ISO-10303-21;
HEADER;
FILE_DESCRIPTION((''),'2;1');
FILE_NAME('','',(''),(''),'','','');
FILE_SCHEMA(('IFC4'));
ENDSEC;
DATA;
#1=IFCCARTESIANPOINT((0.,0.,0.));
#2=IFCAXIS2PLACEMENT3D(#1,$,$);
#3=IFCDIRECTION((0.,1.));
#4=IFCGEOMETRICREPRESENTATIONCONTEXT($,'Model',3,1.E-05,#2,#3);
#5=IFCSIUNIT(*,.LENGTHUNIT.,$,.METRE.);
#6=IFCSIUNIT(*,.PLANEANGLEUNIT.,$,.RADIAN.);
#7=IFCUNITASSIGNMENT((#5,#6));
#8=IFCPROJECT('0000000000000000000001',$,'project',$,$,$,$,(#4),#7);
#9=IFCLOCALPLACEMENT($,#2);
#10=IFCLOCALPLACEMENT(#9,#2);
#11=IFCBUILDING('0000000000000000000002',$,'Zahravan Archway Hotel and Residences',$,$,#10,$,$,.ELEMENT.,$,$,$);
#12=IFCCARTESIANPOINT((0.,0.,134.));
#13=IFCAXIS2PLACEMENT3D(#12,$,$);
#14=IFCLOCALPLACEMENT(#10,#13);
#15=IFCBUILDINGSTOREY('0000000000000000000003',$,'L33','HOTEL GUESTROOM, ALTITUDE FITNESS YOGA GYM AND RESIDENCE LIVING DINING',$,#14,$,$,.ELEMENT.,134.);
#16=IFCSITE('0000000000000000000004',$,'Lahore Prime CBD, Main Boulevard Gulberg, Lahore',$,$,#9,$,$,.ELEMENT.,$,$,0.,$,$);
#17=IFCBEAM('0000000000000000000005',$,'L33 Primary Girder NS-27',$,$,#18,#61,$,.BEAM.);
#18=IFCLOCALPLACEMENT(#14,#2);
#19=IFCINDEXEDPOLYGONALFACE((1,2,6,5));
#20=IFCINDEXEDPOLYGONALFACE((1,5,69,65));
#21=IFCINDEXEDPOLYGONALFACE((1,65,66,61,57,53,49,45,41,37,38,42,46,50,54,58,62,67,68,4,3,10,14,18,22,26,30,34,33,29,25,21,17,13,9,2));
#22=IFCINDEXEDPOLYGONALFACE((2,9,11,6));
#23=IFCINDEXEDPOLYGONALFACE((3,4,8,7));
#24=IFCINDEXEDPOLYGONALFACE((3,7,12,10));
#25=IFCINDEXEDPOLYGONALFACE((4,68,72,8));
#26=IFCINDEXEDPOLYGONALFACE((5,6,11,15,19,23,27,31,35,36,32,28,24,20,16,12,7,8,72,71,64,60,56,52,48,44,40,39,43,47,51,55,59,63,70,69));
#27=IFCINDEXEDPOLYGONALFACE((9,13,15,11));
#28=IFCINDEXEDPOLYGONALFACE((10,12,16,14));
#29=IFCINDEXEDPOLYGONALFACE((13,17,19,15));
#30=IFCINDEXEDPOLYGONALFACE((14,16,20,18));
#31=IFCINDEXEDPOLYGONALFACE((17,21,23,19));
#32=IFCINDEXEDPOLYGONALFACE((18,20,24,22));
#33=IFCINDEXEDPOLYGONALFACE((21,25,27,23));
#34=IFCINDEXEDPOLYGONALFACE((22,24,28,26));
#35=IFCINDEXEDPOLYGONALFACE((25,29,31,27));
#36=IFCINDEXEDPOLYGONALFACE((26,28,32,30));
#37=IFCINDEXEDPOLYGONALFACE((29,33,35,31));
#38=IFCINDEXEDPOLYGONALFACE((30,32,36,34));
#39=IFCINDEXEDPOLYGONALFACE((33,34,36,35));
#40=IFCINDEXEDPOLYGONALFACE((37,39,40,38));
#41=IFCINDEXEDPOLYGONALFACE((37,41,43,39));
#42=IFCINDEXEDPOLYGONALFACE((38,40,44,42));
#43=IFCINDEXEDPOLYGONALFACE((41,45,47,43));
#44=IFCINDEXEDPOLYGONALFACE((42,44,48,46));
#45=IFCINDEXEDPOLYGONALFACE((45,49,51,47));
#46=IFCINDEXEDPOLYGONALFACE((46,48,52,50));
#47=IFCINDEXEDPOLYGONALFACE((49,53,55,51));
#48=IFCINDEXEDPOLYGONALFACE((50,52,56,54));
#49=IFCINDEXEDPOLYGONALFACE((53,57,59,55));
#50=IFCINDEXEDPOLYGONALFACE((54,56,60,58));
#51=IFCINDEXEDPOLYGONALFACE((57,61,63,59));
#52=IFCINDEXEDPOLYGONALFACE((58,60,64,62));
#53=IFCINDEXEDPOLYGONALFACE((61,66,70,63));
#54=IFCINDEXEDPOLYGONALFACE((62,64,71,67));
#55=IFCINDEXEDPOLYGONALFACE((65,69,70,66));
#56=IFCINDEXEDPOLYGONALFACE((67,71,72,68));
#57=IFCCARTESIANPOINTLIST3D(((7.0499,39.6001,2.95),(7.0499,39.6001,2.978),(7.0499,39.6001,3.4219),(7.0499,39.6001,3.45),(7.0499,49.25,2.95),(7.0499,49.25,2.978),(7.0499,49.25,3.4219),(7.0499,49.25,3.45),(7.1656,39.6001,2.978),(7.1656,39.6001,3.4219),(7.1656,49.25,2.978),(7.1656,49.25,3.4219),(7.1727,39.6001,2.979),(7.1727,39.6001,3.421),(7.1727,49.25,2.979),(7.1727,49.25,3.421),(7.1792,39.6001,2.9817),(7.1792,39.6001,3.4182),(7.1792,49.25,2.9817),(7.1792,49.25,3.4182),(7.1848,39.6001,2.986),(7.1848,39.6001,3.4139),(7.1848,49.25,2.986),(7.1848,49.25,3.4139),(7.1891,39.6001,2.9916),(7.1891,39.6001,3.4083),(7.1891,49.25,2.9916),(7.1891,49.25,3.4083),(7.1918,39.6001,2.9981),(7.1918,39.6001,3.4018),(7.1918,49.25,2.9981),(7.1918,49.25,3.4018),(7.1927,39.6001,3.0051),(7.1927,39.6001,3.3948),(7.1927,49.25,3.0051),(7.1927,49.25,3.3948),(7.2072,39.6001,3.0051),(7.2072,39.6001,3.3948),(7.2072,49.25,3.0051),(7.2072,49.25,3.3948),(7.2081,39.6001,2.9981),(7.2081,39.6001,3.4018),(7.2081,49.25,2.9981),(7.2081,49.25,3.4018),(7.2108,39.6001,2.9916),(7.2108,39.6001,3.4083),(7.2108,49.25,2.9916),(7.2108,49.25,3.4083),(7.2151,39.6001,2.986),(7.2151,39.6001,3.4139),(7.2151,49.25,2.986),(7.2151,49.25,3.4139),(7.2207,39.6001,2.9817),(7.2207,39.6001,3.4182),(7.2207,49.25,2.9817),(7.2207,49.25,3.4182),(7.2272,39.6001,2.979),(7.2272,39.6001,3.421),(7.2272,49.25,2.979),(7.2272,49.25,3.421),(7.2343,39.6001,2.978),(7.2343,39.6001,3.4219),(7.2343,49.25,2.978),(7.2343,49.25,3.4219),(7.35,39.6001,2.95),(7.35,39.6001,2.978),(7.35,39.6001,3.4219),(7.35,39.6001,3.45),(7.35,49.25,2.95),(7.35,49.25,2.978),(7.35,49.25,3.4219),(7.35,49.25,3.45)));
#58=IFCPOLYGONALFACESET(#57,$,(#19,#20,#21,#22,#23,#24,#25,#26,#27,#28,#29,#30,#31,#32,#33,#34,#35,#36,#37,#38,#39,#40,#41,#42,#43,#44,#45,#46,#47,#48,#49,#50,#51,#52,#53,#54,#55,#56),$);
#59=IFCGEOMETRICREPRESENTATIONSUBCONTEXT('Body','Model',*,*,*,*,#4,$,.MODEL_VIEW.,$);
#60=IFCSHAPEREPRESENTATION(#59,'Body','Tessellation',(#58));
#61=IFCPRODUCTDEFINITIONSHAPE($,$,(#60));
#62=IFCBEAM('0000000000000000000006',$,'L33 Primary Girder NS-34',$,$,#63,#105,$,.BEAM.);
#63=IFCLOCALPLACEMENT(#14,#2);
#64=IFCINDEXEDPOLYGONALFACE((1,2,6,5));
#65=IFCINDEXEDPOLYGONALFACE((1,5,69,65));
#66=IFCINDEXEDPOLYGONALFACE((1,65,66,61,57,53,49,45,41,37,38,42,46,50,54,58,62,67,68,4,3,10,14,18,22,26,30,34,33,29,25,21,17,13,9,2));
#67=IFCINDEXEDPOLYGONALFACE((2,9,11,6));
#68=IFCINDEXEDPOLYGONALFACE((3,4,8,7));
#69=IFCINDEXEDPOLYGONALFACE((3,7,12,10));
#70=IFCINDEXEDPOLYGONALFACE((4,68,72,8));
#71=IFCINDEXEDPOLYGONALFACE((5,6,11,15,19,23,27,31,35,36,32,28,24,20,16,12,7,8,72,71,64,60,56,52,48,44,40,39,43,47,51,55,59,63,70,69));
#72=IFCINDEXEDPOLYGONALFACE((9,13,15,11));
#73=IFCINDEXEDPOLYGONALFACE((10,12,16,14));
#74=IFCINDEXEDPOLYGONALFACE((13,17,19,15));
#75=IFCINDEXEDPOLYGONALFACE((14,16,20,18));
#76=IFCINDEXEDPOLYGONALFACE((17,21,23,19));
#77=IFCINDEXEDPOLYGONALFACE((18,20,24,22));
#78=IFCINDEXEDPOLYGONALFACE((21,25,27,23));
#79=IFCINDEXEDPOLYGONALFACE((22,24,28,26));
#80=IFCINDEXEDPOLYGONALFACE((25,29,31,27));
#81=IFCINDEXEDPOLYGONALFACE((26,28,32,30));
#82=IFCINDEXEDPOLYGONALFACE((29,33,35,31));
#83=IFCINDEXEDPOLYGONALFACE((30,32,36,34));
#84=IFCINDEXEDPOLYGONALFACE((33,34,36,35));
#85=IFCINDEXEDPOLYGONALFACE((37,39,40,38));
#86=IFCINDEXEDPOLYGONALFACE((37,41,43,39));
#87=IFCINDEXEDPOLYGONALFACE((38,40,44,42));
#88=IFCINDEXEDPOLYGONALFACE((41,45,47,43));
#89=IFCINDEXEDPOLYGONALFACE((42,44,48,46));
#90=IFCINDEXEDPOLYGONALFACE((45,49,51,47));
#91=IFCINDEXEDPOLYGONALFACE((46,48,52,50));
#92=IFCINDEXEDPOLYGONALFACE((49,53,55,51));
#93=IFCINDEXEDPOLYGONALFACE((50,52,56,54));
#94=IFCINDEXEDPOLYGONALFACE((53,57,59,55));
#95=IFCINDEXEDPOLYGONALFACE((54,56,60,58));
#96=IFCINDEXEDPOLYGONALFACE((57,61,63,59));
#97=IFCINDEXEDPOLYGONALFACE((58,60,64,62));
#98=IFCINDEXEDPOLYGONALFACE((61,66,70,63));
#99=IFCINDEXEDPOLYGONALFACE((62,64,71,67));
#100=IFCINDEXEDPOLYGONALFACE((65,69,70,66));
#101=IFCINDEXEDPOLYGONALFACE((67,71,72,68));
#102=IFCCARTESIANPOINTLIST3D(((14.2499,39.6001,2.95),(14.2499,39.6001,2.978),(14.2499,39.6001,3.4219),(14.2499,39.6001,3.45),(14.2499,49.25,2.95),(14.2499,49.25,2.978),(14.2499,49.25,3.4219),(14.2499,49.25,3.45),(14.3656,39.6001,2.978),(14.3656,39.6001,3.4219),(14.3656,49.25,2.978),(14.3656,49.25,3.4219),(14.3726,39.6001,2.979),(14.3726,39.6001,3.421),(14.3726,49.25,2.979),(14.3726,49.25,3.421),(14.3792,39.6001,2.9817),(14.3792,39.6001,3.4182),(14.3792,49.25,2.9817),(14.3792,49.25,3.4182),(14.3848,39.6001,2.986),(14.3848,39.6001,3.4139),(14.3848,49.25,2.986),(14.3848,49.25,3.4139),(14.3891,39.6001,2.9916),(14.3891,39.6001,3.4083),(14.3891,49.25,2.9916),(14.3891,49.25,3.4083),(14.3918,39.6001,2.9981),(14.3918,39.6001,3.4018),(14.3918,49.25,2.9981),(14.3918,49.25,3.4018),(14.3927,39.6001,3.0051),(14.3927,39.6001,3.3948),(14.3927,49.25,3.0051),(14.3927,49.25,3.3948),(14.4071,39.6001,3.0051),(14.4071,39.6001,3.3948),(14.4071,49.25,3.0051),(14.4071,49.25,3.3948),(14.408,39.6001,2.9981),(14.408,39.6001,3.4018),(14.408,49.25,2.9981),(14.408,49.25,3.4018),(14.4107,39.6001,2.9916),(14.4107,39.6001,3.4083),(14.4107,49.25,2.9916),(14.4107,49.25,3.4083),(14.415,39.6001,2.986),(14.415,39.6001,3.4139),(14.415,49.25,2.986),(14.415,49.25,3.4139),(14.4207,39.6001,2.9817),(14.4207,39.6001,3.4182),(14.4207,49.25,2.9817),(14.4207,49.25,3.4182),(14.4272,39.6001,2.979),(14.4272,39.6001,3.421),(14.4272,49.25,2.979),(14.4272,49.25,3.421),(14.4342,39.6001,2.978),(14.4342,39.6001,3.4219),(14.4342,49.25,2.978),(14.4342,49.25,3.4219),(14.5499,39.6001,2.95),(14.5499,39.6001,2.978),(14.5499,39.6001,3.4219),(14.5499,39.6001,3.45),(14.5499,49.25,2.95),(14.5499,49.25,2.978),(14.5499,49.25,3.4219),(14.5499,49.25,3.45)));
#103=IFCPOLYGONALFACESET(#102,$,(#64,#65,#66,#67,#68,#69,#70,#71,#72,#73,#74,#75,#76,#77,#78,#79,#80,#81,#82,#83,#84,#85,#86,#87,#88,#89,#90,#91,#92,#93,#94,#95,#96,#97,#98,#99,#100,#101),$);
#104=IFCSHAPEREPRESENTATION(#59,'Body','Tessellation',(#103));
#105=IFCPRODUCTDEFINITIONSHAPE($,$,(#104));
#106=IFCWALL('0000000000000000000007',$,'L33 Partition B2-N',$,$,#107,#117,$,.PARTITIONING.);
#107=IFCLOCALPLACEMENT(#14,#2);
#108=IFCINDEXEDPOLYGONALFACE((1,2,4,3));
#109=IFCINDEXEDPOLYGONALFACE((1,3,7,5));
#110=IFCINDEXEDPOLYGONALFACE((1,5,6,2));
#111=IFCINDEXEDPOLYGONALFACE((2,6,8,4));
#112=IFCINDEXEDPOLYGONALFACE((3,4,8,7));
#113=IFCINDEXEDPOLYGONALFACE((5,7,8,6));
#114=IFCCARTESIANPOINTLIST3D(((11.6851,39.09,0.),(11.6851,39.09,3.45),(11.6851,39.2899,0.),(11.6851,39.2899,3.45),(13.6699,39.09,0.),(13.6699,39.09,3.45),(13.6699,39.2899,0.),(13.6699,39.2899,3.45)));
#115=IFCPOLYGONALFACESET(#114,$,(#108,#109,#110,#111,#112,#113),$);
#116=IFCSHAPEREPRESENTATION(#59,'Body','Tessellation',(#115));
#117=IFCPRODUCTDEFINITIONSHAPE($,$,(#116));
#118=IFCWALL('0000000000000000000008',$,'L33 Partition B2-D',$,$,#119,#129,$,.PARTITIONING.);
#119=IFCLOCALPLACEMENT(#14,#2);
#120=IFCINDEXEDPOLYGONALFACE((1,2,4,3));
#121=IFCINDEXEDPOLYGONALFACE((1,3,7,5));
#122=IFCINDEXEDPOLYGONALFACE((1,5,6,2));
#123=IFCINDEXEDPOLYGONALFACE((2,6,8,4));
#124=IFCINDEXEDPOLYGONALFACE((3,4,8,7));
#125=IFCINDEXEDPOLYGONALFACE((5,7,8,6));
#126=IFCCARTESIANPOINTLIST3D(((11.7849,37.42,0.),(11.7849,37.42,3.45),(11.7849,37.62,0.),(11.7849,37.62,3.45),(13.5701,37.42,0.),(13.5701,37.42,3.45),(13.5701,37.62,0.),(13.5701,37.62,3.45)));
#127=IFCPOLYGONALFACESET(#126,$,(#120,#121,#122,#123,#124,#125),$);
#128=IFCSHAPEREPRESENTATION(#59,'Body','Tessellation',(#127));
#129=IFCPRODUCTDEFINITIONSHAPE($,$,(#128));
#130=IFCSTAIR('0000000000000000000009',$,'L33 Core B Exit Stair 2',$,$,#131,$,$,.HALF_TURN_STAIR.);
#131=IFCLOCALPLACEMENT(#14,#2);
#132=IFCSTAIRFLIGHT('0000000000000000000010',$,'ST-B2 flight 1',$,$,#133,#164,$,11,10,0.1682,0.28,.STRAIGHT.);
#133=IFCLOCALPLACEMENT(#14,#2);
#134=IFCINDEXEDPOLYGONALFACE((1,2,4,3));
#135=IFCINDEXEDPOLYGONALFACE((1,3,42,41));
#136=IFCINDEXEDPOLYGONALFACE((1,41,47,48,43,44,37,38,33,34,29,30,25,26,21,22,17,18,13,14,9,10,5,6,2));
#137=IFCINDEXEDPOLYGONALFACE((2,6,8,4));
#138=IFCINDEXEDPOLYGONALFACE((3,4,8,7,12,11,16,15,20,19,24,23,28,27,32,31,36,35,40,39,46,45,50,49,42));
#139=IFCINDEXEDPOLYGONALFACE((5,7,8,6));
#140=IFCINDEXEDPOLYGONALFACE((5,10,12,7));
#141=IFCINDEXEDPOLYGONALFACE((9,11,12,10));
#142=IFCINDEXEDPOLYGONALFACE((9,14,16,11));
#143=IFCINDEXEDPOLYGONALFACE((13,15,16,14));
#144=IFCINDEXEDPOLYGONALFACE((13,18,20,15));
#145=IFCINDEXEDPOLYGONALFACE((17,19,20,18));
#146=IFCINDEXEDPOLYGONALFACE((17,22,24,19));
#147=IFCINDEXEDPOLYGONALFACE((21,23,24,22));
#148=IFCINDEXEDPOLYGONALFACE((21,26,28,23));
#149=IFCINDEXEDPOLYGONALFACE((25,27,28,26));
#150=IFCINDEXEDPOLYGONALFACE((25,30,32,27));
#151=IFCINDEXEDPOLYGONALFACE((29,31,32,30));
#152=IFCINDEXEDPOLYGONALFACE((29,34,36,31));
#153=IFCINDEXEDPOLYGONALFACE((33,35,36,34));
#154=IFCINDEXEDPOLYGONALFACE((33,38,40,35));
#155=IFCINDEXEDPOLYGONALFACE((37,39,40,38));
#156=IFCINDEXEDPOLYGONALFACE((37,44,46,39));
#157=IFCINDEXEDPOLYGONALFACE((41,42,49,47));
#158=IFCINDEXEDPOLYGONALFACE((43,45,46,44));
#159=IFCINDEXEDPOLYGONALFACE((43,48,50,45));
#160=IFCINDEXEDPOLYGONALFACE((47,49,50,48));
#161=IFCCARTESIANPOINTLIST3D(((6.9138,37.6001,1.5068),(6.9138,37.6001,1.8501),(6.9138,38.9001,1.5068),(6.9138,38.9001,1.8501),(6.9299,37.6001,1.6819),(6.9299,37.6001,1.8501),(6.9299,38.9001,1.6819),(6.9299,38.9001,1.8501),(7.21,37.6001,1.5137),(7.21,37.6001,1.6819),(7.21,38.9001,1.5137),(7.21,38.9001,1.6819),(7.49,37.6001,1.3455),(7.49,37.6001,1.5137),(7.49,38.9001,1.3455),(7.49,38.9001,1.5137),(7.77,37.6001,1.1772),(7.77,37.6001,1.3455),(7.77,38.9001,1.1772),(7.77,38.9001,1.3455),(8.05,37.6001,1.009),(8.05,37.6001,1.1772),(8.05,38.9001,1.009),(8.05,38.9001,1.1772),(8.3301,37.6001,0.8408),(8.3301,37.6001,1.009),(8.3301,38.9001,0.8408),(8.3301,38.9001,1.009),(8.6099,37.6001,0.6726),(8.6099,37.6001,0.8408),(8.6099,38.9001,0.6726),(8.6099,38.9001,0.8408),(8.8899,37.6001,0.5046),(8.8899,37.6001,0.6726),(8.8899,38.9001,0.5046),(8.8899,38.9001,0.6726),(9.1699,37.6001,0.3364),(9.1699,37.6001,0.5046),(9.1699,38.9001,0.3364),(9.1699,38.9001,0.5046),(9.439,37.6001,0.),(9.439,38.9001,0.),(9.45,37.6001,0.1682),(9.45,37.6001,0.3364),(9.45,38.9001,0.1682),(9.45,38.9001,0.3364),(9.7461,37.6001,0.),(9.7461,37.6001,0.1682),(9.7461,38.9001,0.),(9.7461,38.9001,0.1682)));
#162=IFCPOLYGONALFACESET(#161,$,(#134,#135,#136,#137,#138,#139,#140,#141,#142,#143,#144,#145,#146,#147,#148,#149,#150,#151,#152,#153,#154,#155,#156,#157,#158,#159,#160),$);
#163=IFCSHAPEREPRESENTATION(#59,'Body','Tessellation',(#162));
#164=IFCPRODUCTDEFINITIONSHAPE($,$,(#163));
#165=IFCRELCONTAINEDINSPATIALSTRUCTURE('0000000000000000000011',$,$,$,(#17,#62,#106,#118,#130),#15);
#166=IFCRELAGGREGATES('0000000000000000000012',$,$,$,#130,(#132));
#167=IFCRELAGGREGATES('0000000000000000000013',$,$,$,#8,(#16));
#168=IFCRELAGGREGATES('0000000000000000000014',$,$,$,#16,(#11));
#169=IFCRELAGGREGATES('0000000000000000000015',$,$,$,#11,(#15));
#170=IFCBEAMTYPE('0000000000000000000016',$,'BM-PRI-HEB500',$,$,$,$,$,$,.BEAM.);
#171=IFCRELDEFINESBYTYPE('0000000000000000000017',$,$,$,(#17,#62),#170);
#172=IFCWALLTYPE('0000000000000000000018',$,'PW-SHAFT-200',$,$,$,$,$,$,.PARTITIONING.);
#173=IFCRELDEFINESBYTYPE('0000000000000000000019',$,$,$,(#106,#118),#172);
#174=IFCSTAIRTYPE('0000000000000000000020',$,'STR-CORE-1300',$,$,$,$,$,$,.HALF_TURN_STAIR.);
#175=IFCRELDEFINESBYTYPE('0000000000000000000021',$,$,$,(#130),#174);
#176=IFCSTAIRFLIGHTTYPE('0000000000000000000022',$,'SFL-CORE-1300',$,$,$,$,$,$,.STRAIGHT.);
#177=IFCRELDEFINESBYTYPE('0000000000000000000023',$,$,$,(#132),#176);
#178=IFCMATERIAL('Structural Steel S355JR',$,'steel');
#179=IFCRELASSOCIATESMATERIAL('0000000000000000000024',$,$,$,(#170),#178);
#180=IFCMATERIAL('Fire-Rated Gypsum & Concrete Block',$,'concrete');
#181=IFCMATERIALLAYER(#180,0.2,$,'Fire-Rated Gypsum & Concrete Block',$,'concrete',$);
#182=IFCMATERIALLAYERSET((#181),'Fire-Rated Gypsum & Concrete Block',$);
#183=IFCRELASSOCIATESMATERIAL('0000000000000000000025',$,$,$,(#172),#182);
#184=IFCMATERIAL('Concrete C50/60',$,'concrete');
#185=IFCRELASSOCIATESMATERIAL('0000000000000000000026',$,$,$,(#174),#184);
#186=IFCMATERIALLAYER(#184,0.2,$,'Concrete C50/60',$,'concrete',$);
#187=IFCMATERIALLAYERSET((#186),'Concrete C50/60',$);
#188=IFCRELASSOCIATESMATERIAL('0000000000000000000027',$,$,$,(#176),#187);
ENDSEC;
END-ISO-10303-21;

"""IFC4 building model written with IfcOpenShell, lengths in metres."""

from ifc_helpers import new_model, si_unit, direction, frame, frame_2d, origin, origin_2d, place, context, subcontext, project, spatial, polyline, rectangle, i_section, outline, extrude, source, transform, mapped, material, layer, layer_set, material_profile, profile_set, type_object, element, aggregate, save


model = new_model("IFC4")

# Units and contexts
model_context = context("Model", 3, precision=1e-05, world=origin(), true_north=direction((0.0, 1.0)))
body_context = subcontext(model_context, "Body", "Model", "MODEL_VIEW")
ifc_project = project(units=[si_unit("LENGTHUNIT", "METRE"), si_unit("PLANEANGLEUNIT", "RADIAN")], contexts=[model_context])

# Site, building, storey
site_placement = place(None, origin())
site = spatial("IfcSite", under=ifc_project, at=site_placement, Name="Lahore Prime CBD, Main Boulevard Gulberg, Lahore", CompositionType="ELEMENT", RefElevation=0.0)
building_placement = place(site_placement, origin())
building = spatial("IfcBuilding", under=site, at=building_placement, Name="Zahravan Archway Hotel and Residences", CompositionType="ELEMENT")
storey_placement = place(building_placement, frame((0.0, 0.0, 134.0)))
storey = spatial("IfcBuildingStorey", under=building, at=storey_placement, Name="L33", Description="HOTEL GUESTROOM, ALTITUDE FITNESS YOGA GYM AND RESIDENCE LIVING DINING", CompositionType="ELEMENT", Elevation=134.0)

# Beams
ifc_material_1 = material(Name="Structural Steel S355JR", Category="steel")
ifc_material_profile_1 = material_profile(ifc_material_1, i_section(OverallWidth=0.3, OverallDepth=0.5, WebThickness=0.0144, FlangeThickness=0.0281, FilletRadius=0.0271, at=origin_2d()), Name="HEB 500", Category="steel")
ifc_profile_set_1 = profile_set([ifc_material_profile_1], Name="Structural Steel S355JR")
beam_type_1 = type_object("IfcBeamType", Name="BM-PRI-HEB500", PredefinedType="BEAM", material=ifc_profile_set_1)
shared_shape_1 = source(origin(), body_context, "Body", "SweptSolid", [
    extrude(i_section(OverallWidth=0.3, OverallDepth=0.5, WebThickness=0.0144, FlangeThickness=0.0281, FilletRadius=0.0271, at=origin_2d()), origin(), (0.0, 0.0, 1.0), 9.6499),
])
for number, where, z_axis, x_axis, name in (
    (1, (7.2, 39.6001, 3.2), (0.0, 1.0, 0.0), (-1.0, 0.0, 0.0), "L33 Primary Girder NS-27"),
    (2, (14.3999, 39.6001, 3.2), (0.0, 1.0, 0.0), (-1.0, 0.0, 0.0), "L33 Primary Girder NS-34"),
):
    element("IfcBeam", number, at=place(storey_placement, frame(where, z_axis=z_axis, x_axis=x_axis)), inside=storey, type_object=beam_type_1, Name=name, PredefinedType="BEAM", context=body_context, shape_type="MappedRepresentation", body=[
        mapped(shared_shape_1, transform((0.0, 0.0, 0.0), scale=1.0)),
    ])

# Walls
ifc_material_2 = material(Name="Fire-Rated Gypsum & Concrete Block", Category="concrete")
ifc_layer_1 = layer(ifc_material_2, 0.2, Name="Fire-Rated Gypsum & Concrete Block", Category="concrete")
ifc_layer_set_1 = layer_set([ifc_layer_1], Name="Fire-Rated Gypsum & Concrete Block")
wall_type = type_object("IfcWallType", Name="PW-SHAFT-200", PredefinedType="PARTITIONING", material=ifc_layer_set_1)
wall_1_placement = place(storey_placement, frame((11.6851, 39.1899, 0.0), z_axis=(0.0, 0.0, 1.0), x_axis=(1.0, 0.0, 0.0)))
element("IfcWall", 3, at=wall_1_placement, inside=storey, type_object=wall_type, Name="L33 Partition B2-N", PredefinedType="PARTITIONING", context=body_context, shape_type="SweptSolid", body=[
    extrude(rectangle(XDim=1.9849, YDim=0.2, at=frame_2d((0.9924, 0.0))), origin(), (0.0, 0.0, 1.0), 3.45),
])
wall_2_placement = place(storey_placement, frame((11.7849, 37.52, 0.0), z_axis=(0.0, 0.0, 1.0), x_axis=(1.0, 0.0, 0.0)))
element("IfcWall", 4, at=wall_2_placement, inside=storey, type_object=wall_type, Name="L33 Partition B2-D", PredefinedType="PARTITIONING", context=body_context, shape_type="SweptSolid", body=[
    extrude(rectangle(XDim=1.7852, YDim=0.2, at=frame_2d((0.8926, 0.0))), origin(), (0.0, 0.0, 1.0), 3.45),
])

# Stair, stair flight
ifc_material_3 = material(Name="Concrete C50/60", Category="concrete")
stair_type = type_object("IfcStairType", Name="STR-CORE-1300", PredefinedType="HALF_TURN_STAIR", material=ifc_material_3)
stair_placement = place(storey_placement, origin())
stair = element("IfcStair", 5, at=stair_placement, inside=storey, type_object=stair_type, Name="L33 Core B Exit Stair 2", PredefinedType="HALF_TURN_STAIR")
ifc_layer_2 = layer(ifc_material_3, 0.2, Name="Concrete C50/60", Category="concrete")
ifc_layer_set_2 = layer_set([ifc_layer_2], Name="Concrete C50/60")
stair_flight_type = type_object("IfcStairFlightType", Name="SFL-CORE-1300", PredefinedType="STRAIGHT", material=ifc_layer_set_2)
shared_shape_2 = source(origin(), body_context, "Body", "SweptSolid", [
    extrude(outline(polyline([(-0.0161, 0.0), (-0.0161, 0.1682), (0.28, 0.1682), (0.28, 0.3364), (0.5601, 0.3364), (0.5601, 0.5046), (0.8401, 0.5046), (0.8401, 0.6726), (1.1201, 0.6726), (1.1201, 0.8408), (1.3999, 0.8408), (1.3999, 1.009), (1.6799, 1.009), (1.6799, 1.1772), (1.96, 1.1772), (1.96, 1.3455), (2.24, 1.3455), (2.24, 1.5137), (2.52, 1.5137), (2.52, 1.6819), (2.8, 1.6819), (2.8, 1.8501), (2.8162, 1.8501), (2.8162, 1.5068), (0.291, 0.0), (-0.0161, 0.0)])), frame((0.0, 0.6499, 0.0), z_axis=(0.0, -1.0, 0.0), x_axis=(1.0, 0.0, 0.0)), (0.0, 0.0, 1.0), 1.3),
])
stair_flight_1_placement = place(storey_placement, frame((9.73, 38.25, 0.0), z_axis=(0.0, 0.0, 1.0), x_axis=(-1.0, 0.0, 0.0)))
stair_flight_1 = element("IfcStairFlight", 6, at=stair_flight_1_placement, type_object=stair_flight_type, Name="ST-B2 flight 1", NumberOfRisers=11, NumberOfTreads=10, PredefinedType="STRAIGHT", RiserHeight=0.1682, TreadLength=0.28, context=body_context, shape_type="MappedRepresentation", body=[
    mapped(shared_shape_2, transform((0.0, 0.0, 0.0), scale=1.0)),
])
aggregate(stair, [stair_flight_1])

save(model, "model.ifc")
